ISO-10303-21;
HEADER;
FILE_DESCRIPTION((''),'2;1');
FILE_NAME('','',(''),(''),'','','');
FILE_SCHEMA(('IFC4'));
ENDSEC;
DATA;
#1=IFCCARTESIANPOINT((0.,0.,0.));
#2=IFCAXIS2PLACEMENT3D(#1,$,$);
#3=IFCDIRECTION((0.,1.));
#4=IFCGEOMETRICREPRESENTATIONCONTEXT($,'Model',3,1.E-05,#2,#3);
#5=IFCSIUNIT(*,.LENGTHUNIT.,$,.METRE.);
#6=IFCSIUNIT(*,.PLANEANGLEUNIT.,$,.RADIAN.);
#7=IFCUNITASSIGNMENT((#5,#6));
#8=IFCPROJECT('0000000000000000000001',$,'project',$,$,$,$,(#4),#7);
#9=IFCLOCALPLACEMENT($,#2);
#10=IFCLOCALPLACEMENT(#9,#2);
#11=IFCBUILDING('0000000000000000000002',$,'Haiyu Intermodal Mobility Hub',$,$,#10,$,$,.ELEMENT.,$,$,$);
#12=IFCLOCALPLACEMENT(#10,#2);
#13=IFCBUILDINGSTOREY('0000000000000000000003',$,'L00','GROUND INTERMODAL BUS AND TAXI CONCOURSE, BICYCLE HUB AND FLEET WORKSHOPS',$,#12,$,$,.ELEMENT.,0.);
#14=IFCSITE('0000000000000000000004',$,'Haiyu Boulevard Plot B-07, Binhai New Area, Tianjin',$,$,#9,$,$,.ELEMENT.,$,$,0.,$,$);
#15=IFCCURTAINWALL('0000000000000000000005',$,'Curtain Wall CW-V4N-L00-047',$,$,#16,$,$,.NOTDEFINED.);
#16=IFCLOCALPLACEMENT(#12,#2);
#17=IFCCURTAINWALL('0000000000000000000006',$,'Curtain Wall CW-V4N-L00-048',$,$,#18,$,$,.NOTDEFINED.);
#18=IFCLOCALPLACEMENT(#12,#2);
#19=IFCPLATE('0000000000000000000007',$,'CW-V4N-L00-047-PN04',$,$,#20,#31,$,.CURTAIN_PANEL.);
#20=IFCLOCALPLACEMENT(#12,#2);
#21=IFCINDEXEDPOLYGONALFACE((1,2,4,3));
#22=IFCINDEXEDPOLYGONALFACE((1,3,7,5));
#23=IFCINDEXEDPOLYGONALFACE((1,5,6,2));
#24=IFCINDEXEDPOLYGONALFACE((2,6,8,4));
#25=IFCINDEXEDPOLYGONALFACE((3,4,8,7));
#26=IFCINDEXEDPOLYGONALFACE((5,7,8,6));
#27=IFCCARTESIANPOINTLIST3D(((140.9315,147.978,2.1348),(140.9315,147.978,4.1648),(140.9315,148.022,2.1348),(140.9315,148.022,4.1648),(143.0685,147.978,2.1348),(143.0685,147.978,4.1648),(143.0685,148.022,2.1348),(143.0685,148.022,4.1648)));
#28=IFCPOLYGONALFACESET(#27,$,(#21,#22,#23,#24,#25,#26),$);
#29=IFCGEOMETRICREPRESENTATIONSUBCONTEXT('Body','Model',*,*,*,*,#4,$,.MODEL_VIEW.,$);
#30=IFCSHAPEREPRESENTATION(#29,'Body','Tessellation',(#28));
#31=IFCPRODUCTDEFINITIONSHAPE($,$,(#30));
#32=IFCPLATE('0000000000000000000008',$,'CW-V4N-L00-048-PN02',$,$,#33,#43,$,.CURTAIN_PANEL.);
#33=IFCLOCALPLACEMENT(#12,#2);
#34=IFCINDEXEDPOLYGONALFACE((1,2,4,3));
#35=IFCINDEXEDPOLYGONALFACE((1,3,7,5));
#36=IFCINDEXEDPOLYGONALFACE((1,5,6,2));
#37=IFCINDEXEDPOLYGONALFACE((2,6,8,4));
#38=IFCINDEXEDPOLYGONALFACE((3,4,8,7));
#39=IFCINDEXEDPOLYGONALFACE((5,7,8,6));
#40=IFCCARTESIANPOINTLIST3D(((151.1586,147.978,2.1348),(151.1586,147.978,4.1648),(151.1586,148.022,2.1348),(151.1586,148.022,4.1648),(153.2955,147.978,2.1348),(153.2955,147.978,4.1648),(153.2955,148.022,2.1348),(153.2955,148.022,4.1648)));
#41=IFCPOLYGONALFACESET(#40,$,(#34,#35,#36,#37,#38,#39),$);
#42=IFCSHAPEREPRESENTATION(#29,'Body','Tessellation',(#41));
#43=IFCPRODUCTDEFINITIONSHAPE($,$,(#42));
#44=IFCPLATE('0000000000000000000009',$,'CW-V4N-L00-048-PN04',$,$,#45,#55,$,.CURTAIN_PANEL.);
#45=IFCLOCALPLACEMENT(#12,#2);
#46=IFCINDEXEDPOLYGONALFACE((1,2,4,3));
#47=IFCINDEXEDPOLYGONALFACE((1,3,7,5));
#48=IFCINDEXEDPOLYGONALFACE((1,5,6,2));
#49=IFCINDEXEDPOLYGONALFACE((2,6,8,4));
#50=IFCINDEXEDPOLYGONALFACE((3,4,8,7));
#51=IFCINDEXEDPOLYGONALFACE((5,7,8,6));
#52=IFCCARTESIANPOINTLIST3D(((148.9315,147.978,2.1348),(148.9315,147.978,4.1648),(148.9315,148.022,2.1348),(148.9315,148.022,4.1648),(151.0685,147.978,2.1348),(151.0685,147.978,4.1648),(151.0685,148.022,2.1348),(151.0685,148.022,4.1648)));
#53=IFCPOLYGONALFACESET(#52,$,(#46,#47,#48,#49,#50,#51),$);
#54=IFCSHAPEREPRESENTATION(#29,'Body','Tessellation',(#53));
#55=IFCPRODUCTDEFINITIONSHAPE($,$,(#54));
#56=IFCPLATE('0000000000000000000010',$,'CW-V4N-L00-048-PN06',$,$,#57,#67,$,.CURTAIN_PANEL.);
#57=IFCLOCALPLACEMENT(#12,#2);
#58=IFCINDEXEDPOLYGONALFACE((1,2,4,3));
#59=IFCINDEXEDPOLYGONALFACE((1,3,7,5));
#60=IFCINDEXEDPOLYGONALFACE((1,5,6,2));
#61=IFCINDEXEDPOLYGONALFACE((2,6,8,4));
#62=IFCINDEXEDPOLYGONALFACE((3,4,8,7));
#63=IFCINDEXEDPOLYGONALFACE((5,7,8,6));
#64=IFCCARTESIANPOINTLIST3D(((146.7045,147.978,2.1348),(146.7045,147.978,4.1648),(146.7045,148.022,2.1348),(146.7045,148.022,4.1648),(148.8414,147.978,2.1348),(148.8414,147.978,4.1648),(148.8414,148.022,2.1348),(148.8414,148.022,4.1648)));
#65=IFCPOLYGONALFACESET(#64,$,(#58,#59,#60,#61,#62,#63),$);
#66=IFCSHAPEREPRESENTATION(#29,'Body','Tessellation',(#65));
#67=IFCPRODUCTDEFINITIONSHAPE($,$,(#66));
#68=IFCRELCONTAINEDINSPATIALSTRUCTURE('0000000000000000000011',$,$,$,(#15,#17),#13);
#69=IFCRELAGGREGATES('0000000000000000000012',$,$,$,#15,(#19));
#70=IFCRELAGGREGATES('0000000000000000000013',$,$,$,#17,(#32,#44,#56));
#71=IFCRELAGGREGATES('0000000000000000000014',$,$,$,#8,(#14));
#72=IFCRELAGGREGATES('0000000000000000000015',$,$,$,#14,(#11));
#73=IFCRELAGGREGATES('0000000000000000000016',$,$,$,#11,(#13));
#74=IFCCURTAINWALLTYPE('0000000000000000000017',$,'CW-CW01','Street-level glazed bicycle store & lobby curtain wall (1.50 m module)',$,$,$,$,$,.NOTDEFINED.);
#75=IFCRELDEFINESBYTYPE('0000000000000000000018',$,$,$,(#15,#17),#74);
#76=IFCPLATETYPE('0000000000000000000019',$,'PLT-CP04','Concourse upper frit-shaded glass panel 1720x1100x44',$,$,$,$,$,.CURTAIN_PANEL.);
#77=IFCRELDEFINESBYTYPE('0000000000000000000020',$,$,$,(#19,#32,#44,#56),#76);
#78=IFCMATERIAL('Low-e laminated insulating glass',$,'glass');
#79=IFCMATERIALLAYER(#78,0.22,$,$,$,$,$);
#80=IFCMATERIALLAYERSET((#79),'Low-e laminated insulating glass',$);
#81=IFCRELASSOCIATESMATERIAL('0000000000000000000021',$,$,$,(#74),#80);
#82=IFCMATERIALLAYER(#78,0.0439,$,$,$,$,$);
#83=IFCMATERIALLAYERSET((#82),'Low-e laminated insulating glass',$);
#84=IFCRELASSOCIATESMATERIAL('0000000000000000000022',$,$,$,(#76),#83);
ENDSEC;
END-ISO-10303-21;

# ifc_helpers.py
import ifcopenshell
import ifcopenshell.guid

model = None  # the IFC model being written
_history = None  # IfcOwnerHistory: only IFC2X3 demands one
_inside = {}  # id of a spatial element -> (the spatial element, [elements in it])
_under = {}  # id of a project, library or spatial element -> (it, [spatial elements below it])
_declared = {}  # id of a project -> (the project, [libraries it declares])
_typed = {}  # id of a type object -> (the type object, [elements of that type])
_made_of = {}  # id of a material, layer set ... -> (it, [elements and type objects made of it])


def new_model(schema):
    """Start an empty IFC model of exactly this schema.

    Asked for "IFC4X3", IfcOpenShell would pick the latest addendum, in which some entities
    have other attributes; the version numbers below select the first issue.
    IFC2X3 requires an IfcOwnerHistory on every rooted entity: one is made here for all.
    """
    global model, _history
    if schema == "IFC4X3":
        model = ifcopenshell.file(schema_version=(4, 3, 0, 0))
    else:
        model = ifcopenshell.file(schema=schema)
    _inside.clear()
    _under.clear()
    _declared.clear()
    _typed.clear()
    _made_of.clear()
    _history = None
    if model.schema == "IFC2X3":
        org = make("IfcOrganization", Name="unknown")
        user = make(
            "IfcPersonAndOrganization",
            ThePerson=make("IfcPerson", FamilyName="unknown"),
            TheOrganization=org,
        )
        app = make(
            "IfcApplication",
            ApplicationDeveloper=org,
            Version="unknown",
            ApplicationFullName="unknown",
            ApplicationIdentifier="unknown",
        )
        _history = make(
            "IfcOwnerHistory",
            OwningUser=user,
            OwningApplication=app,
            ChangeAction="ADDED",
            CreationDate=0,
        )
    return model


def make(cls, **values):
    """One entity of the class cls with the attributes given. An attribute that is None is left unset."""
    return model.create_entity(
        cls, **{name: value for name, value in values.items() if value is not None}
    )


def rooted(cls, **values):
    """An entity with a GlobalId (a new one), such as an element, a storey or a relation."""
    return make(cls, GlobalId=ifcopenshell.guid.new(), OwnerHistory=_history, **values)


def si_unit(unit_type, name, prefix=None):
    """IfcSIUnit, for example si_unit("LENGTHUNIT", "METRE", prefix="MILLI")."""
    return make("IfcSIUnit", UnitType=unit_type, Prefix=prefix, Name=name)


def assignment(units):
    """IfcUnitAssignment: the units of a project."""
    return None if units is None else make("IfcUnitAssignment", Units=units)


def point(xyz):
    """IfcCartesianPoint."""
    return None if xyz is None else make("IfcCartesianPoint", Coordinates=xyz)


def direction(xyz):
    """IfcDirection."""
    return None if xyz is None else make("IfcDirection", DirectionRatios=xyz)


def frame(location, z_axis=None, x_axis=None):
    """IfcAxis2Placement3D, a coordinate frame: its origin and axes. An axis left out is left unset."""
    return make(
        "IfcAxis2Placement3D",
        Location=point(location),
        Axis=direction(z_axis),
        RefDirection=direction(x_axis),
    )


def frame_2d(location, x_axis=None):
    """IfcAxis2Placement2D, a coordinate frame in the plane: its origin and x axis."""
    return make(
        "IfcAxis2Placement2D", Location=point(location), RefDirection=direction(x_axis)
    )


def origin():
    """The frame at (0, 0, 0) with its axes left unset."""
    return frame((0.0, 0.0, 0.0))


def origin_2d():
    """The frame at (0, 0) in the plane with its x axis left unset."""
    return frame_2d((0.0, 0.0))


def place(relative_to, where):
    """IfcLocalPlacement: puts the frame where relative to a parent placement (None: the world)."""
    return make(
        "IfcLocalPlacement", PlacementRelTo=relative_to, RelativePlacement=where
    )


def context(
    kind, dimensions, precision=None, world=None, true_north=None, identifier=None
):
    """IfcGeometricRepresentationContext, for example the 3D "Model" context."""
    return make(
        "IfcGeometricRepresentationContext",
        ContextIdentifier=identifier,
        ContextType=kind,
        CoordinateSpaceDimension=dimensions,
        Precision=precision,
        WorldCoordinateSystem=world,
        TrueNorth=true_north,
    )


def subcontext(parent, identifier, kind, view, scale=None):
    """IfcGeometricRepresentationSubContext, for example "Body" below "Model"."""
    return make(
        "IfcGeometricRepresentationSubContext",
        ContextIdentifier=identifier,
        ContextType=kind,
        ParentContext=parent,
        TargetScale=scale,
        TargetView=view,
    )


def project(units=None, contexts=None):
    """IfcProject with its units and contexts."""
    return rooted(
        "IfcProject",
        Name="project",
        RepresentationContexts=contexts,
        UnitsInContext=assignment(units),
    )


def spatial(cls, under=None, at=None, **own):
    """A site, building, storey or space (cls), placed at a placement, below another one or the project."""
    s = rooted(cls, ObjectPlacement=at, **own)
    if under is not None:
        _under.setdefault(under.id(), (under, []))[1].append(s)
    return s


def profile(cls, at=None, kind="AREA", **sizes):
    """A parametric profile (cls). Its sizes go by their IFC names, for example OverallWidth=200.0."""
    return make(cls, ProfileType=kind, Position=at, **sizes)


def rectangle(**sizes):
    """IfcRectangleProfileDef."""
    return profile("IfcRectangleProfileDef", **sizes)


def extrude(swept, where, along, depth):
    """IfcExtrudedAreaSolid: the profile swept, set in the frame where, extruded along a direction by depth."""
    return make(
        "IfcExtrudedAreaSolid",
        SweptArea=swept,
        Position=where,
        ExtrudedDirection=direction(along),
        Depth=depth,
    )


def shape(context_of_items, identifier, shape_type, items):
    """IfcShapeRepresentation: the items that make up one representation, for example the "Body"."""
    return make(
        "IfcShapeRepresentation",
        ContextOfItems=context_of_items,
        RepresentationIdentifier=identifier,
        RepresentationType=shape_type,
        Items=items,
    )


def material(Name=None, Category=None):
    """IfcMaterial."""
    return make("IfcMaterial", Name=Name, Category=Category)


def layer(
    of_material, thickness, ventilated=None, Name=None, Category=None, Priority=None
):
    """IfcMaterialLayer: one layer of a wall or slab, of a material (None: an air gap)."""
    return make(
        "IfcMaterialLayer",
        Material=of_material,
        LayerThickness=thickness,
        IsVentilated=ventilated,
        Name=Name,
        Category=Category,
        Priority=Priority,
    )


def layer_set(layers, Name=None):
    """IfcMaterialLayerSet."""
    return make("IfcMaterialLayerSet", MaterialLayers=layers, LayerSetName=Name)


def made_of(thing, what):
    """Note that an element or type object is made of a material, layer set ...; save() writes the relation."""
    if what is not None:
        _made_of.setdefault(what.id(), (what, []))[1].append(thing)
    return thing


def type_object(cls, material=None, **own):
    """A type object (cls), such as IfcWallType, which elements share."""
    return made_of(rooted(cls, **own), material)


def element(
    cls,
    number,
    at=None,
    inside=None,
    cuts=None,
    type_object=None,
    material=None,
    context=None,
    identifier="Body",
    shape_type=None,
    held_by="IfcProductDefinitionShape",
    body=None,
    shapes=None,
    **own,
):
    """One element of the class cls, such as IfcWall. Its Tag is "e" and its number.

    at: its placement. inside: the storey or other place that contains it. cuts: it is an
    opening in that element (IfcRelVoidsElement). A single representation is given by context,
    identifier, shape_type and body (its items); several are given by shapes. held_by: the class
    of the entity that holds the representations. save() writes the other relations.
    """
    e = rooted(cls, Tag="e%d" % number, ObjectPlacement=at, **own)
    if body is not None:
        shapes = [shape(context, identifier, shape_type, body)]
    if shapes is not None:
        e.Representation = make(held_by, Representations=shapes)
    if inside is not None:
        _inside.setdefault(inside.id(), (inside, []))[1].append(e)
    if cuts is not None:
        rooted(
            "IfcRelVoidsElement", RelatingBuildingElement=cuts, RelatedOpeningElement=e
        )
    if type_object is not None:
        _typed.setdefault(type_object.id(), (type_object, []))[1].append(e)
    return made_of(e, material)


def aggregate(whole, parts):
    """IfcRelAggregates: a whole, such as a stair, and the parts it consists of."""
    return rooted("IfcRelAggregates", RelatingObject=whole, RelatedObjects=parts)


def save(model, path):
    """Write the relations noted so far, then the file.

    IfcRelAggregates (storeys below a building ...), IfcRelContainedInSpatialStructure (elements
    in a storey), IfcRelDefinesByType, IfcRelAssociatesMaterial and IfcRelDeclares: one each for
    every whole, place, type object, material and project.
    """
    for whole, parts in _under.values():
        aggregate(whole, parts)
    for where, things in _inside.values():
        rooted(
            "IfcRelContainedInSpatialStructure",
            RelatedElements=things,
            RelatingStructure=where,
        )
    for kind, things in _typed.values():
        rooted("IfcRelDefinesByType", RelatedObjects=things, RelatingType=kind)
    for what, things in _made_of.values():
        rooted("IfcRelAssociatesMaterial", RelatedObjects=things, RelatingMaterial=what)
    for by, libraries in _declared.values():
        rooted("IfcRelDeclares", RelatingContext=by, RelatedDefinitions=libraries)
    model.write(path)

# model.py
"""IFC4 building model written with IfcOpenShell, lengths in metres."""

from ifc_helpers import new_model, si_unit, direction, frame, origin, origin_2d, place, context, subcontext, project, spatial, rectangle, extrude, material, layer, layer_set, type_object, element, aggregate, save


model = new_model("IFC4")

# Units and contexts
model_context = context("Model", 3, precision=1e-05, world=origin(), true_north=direction((0.0, 1.0)))
body_context = subcontext(model_context, "Body", "Model", "MODEL_VIEW")
ifc_project = project(units=[si_unit("LENGTHUNIT", "METRE"), si_unit("PLANEANGLEUNIT", "RADIAN")], contexts=[model_context])

# Site, building, storey
site_placement = place(None, origin())
site = spatial("IfcSite", under=ifc_project, at=site_placement, Name="Haiyu Boulevard Plot B-07, Binhai New Area, Tianjin", CompositionType="ELEMENT", RefElevation=0.0)
building_placement = place(site_placement, origin())
building = spatial("IfcBuilding", under=site, at=building_placement, Name="Haiyu Intermodal Mobility Hub", CompositionType="ELEMENT")
storey_placement = place(building_placement, origin())
storey = spatial("IfcBuildingStorey", under=building, at=storey_placement, Name="L00", Description="GROUND INTERMODAL BUS AND TAXI CONCOURSE, BICYCLE HUB AND FLEET WORKSHOPS", CompositionType="ELEMENT", Elevation=0.0)

# Curtain walls
ifc_material_1 = material(Name="Low-e laminated insulating glass", Category="glass")
ifc_layer_1 = layer(ifc_material_1, 0.22)
ifc_layer_set_1 = layer_set([ifc_layer_1], Name="Low-e laminated insulating glass")
curtain_wall_type = type_object("IfcCurtainWallType", Name="CW-CW01", Description="Street-level glazed bicycle store & lobby curtain wall (1.50 m module)", PredefinedType="NOTDEFINED", material=ifc_layer_set_1)
curtain_wall_1_placement = place(storey_placement, origin())
curtain_wall_1 = element("IfcCurtainWall", 1, at=curtain_wall_1_placement, inside=storey, type_object=curtain_wall_type, Name="Curtain Wall CW-V4N-L00-047", PredefinedType="NOTDEFINED")
curtain_wall_2_placement = place(storey_placement, origin())
curtain_wall_2 = element("IfcCurtainWall", 2, at=curtain_wall_2_placement, inside=storey, type_object=curtain_wall_type, Name="Curtain Wall CW-V4N-L00-048", PredefinedType="NOTDEFINED")

# Plates
ifc_layer_2 = layer(ifc_material_1, 0.0439)
ifc_layer_set_2 = layer_set([ifc_layer_2], Name="Low-e laminated insulating glass")
plate_type_1 = type_object("IfcPlateType", Name="PLT-CP04", Description="Concourse upper frit-shaded glass panel 1720x1100x44", PredefinedType="CURTAIN_PANEL", material=ifc_layer_set_2)
plate_1_placement = place(storey_placement, frame((142.0, 148.0, 2.1348), z_axis=(0.0, 0.0, 1.0), x_axis=(-1.0, 0.0, 0.0)))
plate_1 = element("IfcPlate", 3, at=plate_1_placement, type_object=plate_type_1, Name="CW-V4N-L00-047-PN04", PredefinedType="CURTAIN_PANEL", context=body_context, shape_type="SweptSolid", body=[
    extrude(rectangle(XDim=2.137, YDim=0.0439, at=origin_2d()), origin(), (0.0, 0.0, 1.0), 2.03),
])
aggregate(curtain_wall_1, [plate_1])
plate_2_placement = place(storey_placement, frame((152.2271, 148.0, 2.1348), z_axis=(0.0, 0.0, 1.0), x_axis=(-1.0, 0.0, 0.0)))
plate_2 = element("IfcPlate", 4, at=plate_2_placement, type_object=plate_type_1, Name="CW-V4N-L00-048-PN02", PredefinedType="CURTAIN_PANEL", context=body_context, shape_type="SweptSolid", body=[
    extrude(rectangle(XDim=2.137, YDim=0.0439, at=origin_2d()), origin(), (0.0, 0.0, 1.0), 2.03),
])
plate_3_placement = place(storey_placement, frame((150.0, 148.0, 2.1348), z_axis=(0.0, 0.0, 1.0), x_axis=(-1.0, 0.0, 0.0)))
plate_3 = element("IfcPlate", 5, at=plate_3_placement, type_object=plate_type_1, Name="CW-V4N-L00-048-PN04", PredefinedType="CURTAIN_PANEL", context=body_context, shape_type="SweptSolid", body=[
    extrude(rectangle(XDim=2.137, YDim=0.0439, at=origin_2d()), origin(), (0.0, 0.0, 1.0), 2.03),
])
plate_4_placement = place(storey_placement, frame((147.7729, 148.0, 2.1348), z_axis=(0.0, 0.0, 1.0), x_axis=(-1.0, 0.0, 0.0)))
plate_4 = element("IfcPlate", 6, at=plate_4_placement, type_object=plate_type_1, Name="CW-V4N-L00-048-PN06", PredefinedType="CURTAIN_PANEL", context=body_context, shape_type="SweptSolid", body=[
    extrude(rectangle(XDim=2.137, YDim=0.0439, at=origin_2d()), origin(), (0.0, 0.0, 1.0), 2.03),
])
aggregate(curtain_wall_2, [plate_2, plate_3, plate_4])

save(model, "model.ifc")
